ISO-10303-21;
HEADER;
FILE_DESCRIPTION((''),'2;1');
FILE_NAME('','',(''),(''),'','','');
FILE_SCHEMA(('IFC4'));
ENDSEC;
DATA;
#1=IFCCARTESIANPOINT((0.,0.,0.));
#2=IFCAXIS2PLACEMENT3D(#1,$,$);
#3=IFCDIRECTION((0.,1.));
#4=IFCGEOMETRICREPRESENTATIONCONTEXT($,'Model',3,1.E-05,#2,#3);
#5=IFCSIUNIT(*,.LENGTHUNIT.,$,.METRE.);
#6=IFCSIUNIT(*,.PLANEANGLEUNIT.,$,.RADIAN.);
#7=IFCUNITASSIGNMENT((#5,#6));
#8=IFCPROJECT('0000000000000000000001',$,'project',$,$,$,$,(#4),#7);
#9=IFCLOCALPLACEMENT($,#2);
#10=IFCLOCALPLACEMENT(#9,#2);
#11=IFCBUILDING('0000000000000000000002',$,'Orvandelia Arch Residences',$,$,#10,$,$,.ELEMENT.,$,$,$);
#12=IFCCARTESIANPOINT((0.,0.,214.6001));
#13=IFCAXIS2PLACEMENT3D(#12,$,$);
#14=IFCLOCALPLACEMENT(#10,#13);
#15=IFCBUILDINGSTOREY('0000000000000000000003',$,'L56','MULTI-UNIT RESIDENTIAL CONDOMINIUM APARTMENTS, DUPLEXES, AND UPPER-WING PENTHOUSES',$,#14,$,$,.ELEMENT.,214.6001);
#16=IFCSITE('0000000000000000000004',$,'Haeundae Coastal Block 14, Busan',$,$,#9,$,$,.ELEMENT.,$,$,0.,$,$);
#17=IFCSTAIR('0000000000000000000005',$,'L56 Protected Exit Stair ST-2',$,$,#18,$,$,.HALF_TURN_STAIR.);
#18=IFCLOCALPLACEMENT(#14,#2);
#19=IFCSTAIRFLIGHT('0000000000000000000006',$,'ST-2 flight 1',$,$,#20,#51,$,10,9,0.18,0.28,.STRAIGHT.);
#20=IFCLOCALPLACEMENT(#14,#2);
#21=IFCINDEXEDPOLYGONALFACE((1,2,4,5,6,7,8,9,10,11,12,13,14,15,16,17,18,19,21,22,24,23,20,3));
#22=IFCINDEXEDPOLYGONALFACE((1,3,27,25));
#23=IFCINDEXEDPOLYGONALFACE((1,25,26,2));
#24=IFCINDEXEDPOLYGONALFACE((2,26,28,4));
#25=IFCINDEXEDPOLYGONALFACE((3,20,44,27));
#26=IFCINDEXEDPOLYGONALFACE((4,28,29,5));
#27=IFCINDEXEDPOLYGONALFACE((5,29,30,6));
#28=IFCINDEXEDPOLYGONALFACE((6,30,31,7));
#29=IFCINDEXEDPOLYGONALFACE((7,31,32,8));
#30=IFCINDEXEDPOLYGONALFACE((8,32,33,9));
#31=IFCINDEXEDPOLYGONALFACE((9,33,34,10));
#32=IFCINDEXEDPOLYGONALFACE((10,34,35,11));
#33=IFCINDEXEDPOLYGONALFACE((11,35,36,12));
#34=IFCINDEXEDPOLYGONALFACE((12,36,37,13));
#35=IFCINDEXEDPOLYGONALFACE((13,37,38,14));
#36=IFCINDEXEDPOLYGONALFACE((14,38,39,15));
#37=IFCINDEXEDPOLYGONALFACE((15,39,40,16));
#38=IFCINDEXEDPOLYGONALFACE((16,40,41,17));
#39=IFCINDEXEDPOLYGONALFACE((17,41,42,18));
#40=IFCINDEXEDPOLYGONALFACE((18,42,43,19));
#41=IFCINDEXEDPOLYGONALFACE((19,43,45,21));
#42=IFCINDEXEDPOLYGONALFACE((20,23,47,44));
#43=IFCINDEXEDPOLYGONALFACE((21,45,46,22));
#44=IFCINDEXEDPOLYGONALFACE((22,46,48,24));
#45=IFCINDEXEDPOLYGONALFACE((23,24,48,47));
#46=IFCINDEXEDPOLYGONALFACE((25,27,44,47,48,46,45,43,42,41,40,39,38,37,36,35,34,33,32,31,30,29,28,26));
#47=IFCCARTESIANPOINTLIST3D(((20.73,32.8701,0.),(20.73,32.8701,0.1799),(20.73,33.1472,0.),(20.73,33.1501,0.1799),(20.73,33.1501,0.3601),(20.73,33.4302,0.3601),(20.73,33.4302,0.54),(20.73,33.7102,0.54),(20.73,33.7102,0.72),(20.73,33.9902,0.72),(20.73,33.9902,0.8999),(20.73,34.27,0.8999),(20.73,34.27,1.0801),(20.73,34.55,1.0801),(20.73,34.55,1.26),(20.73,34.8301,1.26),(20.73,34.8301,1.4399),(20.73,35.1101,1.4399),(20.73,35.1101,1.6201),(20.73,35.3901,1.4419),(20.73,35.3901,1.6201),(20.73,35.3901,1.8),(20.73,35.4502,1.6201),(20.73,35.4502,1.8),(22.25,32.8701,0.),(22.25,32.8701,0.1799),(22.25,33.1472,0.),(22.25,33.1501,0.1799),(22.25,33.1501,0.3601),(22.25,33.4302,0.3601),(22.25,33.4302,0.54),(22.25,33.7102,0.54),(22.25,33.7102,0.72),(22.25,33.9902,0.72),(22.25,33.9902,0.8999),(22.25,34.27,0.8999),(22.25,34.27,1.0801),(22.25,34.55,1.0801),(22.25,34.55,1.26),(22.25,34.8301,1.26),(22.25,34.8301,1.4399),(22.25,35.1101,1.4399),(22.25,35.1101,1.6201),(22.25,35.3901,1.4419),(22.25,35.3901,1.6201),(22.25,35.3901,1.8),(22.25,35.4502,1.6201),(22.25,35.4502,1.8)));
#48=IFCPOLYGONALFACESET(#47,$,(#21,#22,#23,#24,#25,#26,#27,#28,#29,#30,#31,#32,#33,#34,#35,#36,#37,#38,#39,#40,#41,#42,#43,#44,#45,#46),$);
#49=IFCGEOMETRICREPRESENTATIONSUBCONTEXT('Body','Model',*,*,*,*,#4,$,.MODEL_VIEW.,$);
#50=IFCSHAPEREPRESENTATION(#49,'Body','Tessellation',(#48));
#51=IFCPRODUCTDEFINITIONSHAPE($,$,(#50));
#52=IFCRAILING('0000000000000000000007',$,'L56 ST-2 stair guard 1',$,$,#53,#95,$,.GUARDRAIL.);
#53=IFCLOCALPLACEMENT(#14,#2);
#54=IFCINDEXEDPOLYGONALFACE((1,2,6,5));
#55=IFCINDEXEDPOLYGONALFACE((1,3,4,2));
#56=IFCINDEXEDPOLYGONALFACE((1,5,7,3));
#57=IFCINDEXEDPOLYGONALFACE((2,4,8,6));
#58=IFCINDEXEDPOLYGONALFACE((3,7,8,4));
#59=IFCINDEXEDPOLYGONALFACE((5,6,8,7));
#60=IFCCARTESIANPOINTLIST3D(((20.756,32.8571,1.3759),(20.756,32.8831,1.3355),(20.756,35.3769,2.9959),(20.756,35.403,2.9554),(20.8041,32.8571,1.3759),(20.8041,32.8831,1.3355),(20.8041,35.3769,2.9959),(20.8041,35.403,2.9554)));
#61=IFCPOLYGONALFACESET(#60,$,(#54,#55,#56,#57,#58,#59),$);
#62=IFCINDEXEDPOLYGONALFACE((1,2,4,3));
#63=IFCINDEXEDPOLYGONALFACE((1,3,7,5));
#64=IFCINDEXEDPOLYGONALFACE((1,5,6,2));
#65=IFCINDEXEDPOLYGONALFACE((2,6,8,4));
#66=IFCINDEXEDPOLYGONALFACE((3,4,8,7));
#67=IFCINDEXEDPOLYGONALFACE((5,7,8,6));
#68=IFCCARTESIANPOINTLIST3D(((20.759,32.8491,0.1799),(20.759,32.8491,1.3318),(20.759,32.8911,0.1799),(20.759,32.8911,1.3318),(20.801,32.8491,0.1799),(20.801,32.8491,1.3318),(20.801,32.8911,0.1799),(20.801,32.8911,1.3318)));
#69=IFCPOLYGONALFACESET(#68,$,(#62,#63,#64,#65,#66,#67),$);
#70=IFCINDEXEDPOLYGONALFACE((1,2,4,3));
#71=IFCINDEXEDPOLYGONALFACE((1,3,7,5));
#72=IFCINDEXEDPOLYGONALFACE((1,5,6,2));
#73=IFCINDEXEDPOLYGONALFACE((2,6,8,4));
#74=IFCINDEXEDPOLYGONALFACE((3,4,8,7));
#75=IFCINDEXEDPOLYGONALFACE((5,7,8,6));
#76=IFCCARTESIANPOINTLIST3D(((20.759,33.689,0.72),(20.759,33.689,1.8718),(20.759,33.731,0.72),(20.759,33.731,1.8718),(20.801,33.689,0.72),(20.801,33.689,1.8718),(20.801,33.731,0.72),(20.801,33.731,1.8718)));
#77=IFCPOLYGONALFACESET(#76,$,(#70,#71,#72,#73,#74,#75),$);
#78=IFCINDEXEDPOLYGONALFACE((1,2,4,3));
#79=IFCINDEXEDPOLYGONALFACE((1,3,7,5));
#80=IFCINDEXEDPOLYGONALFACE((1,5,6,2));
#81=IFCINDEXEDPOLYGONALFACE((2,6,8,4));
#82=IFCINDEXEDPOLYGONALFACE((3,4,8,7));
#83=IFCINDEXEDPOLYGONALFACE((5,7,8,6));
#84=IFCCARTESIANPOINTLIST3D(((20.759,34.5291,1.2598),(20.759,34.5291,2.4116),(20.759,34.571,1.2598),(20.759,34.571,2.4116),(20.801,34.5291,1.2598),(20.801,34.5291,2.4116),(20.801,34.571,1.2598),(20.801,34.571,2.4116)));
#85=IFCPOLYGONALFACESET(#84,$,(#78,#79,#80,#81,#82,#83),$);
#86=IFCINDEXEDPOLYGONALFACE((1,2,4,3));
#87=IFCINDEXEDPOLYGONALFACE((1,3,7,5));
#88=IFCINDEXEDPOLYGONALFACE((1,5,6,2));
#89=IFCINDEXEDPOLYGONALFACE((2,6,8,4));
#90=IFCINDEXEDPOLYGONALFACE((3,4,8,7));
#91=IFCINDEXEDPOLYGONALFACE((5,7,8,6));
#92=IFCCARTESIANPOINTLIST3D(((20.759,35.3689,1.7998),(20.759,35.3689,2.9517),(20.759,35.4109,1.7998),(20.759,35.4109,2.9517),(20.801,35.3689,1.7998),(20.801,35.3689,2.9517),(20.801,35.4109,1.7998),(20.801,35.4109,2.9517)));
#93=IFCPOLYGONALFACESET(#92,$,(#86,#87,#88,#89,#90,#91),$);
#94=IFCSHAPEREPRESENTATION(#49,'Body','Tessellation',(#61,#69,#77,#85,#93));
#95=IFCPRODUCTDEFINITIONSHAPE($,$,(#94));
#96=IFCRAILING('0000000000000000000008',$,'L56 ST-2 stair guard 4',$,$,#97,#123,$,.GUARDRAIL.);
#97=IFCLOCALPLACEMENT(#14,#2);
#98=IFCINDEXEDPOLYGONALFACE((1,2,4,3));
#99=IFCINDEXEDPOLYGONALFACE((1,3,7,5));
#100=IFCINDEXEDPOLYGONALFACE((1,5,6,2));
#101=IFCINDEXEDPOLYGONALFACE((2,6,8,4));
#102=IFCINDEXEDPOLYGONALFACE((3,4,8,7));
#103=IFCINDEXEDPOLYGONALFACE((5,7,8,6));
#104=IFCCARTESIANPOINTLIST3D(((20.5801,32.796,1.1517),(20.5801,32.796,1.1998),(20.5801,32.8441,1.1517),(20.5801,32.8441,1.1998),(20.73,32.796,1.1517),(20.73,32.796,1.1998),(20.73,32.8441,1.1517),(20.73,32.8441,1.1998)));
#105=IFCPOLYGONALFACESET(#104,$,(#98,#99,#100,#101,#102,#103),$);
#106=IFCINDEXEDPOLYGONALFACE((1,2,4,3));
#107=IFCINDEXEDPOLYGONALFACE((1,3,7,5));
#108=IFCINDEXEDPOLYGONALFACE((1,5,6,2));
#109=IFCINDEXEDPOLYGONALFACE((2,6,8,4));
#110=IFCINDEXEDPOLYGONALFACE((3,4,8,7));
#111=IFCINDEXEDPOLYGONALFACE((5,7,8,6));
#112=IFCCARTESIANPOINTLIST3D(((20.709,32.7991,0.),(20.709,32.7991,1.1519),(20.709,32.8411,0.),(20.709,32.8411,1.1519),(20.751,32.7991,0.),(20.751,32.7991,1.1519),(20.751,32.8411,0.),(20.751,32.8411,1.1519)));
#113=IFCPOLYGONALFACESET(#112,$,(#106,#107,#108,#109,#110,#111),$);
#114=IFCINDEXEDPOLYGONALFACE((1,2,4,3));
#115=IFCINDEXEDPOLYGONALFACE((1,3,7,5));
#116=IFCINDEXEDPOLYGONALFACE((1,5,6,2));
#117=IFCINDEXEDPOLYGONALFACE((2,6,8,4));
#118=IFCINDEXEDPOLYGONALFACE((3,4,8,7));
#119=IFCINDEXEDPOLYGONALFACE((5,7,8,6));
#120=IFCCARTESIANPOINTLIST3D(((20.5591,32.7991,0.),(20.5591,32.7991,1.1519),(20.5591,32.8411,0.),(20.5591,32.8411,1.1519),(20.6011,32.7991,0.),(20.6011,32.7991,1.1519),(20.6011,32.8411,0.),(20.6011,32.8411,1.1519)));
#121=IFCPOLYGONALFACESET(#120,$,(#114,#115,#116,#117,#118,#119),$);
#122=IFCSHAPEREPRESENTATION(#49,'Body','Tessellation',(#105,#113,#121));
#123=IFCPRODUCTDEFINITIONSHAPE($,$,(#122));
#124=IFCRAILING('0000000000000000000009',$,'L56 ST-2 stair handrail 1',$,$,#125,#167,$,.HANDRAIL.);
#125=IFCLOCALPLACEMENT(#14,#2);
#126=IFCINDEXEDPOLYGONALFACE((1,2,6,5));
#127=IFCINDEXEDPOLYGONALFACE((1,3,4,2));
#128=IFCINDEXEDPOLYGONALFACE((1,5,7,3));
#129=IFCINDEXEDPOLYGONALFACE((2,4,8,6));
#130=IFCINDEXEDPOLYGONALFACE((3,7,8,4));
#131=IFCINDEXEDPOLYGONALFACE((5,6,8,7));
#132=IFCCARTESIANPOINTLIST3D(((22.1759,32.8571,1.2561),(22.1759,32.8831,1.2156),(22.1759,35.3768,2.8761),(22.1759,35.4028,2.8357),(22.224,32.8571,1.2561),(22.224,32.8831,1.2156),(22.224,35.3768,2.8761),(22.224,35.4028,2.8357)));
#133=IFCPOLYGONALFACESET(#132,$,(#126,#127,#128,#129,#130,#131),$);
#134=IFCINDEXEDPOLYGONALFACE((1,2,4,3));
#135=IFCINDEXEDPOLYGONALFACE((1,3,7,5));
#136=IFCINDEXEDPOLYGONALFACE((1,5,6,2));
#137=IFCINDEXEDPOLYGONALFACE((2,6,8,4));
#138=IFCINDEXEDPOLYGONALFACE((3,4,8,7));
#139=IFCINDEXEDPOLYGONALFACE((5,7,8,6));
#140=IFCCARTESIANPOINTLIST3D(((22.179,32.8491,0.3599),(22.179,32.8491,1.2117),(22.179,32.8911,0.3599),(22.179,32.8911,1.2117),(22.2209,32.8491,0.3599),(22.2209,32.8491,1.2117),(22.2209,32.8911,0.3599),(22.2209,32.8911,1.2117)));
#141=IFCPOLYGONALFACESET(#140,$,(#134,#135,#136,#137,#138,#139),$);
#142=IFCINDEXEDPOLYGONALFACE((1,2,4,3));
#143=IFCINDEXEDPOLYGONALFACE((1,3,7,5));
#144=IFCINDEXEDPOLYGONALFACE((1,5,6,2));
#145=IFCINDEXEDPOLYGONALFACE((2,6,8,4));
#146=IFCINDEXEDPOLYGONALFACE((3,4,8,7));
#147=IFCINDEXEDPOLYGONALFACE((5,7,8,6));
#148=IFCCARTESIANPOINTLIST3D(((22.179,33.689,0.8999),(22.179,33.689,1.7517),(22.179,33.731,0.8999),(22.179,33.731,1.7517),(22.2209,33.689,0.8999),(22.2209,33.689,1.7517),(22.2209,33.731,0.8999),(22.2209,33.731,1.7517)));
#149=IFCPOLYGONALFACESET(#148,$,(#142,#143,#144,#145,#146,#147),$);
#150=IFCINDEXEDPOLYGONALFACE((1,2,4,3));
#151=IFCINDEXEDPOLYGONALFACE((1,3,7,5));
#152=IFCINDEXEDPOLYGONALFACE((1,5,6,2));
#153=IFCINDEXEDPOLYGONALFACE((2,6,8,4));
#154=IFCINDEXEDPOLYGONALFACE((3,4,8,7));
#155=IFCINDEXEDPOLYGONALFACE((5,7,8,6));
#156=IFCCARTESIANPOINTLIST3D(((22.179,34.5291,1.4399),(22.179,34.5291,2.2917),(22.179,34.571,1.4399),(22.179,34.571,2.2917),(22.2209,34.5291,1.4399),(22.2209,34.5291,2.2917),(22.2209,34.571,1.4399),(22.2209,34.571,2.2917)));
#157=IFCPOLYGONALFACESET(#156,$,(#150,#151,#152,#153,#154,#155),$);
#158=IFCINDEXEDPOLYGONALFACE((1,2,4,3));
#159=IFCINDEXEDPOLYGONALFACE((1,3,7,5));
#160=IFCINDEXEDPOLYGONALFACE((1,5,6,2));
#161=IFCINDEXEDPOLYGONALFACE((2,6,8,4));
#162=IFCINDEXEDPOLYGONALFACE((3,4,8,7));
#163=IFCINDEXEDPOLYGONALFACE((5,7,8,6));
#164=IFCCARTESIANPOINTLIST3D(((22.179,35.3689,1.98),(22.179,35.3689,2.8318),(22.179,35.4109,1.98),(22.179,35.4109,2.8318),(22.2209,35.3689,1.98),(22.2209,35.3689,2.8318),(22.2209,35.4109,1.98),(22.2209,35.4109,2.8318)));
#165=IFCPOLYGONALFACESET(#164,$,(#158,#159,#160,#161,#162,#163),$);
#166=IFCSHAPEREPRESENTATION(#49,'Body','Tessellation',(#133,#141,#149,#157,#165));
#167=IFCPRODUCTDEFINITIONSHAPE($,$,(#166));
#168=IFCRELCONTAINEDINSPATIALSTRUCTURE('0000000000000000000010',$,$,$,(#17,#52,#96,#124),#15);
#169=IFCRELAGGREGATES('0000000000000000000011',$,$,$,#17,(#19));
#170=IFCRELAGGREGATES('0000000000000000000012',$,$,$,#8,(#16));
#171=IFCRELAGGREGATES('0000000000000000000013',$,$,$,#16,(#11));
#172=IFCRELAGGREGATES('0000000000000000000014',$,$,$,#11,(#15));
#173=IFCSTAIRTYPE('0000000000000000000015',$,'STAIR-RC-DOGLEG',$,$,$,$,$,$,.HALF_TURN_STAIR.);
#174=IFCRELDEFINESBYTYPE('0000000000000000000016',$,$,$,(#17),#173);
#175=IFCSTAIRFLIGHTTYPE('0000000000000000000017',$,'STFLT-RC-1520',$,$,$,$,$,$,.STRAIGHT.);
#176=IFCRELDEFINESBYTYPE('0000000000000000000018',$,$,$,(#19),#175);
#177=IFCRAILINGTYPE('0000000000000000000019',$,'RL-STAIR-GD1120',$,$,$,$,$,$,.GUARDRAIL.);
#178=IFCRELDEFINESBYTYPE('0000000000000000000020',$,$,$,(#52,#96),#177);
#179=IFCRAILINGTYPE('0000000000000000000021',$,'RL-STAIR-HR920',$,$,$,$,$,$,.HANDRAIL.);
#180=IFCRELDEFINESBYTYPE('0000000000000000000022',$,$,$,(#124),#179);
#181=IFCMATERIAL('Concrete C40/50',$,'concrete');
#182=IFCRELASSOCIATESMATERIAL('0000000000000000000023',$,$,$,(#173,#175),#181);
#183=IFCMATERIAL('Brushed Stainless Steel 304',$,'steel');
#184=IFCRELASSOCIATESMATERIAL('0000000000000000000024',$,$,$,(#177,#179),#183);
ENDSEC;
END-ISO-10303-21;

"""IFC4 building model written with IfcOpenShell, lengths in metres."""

from ifc_helpers import new_model, si_unit, direction, frame, origin, origin_2d, place, context, subcontext, project, spatial, polyline, rectangle, outline, extrude, material, type_object, element, aggregate, save


model = new_model("IFC4")

# Units and contexts
model_context = context("Model", 3, precision=1e-05, world=origin(), true_north=direction((0.0, 1.0)))
body_context = subcontext(model_context, "Body", "Model", "MODEL_VIEW")
ifc_project = project(units=[si_unit("LENGTHUNIT", "METRE"), si_unit("PLANEANGLEUNIT", "RADIAN")], contexts=[model_context])

# Site, building, storey
site_placement = place(None, origin())
site = spatial("IfcSite", under=ifc_project, at=site_placement, Name="Haeundae Coastal Block 14, Busan", CompositionType="ELEMENT", RefElevation=0.0)
building_placement = place(site_placement, origin())
building = spatial("IfcBuilding", under=site, at=building_placement, Name="Orvandelia Arch Residences", CompositionType="ELEMENT")
storey_placement = place(building_placement, frame((0.0, 0.0, 214.6001)))
storey = spatial("IfcBuildingStorey", under=building, at=storey_placement, Name="L56", Description="MULTI-UNIT RESIDENTIAL CONDOMINIUM APARTMENTS, DUPLEXES, AND UPPER-WING PENTHOUSES", CompositionType="ELEMENT", Elevation=214.6001)

# Stair, stair flight
ifc_material_1 = material(Name="Concrete C40/50", Category="concrete")
stair_type = type_object("IfcStairType", Name="STAIR-RC-DOGLEG", PredefinedType="HALF_TURN_STAIR", material=ifc_material_1)
stair_placement = place(storey_placement, origin())
stair = element("IfcStair", 1, at=stair_placement, inside=storey, type_object=stair_type, Name="L56 Protected Exit Stair ST-2", PredefinedType="HALF_TURN_STAIR")
stair_flight_type = type_object("IfcStairFlightType", Name="STFLT-RC-1520", PredefinedType="STRAIGHT", material=ifc_material_1)
stair_flight_placement = place(storey_placement, frame((21.49, 32.8701, 0.0), z_axis=(0.0, 0.0, 1.0), x_axis=(0.0, 1.0, 0.0)))
stair_flight = element("IfcStairFlight", 2, at=stair_flight_placement, type_object=stair_flight_type, Name="ST-2 flight 1", NumberOfRisers=10, NumberOfTreads=9, PredefinedType="STRAIGHT", RiserHeight=0.18, TreadLength=0.28, context=body_context, shape_type="SweptSolid", body=[
    extrude(outline(polyline([(0.0, 0.0), (0.0, 0.1799), (0.28, 0.1799), (0.28, 0.3601), (0.5601, 0.3601), (0.5601, 0.54), (0.8401, 0.54), (0.8401, 0.72), (1.1201, 0.72), (1.1201, 0.8999), (1.3999, 0.8999), (1.3999, 1.0801), (1.6799, 1.0801), (1.6799, 1.26), (1.96, 1.26), (1.96, 1.4399), (2.24, 1.4399), (2.24, 1.6201), (2.52, 1.6201), (2.52, 1.8), (2.5801, 1.8), (2.5801, 1.6201), (2.52, 1.4419), (0.2771, 0.0), (0.0, 0.0)])), frame((0.0, 0.76, 0.0), z_axis=(0.0, -1.0, 0.0), x_axis=(1.0, 0.0, 0.0)), (0.0, 0.0, 1.0), 1.52),
])
aggregate(stair, [stair_flight])

# Railings
ifc_material_2 = material(Name="Brushed Stainless Steel 304", Category="steel")
railing_type_1 = type_object("IfcRailingType", Name="RL-STAIR-GD1120", PredefinedType="GUARDRAIL", material=ifc_material_2)
railing_1_placement = place(storey_placement, frame((20.78, 32.8701, 0.1799)))
element("IfcRailing", 3, at=railing_1_placement, inside=storey, type_object=railing_type_1, Name="L56 ST-2 stair guard 1", PredefinedType="GUARDRAIL", context=body_context, shape_type="SweptSolid", body=[
    extrude(rectangle(XDim=0.0481, YDim=0.0481, at=origin_2d()), frame((0.0, 0.0, 1.1758), z_axis=(0.0, 0.841176, 0.540762), x_axis=(-1.0, 0.0, 0.0)), (0.0, 0.0, 1.0), 2.9956),
    extrude(rectangle(XDim=0.042, YDim=0.042, at=origin_2d()), origin(), (0.0, 0.0, 1.0), 1.1519),
    extrude(rectangle(XDim=0.042, YDim=0.042, at=origin_2d()), frame((0.0, 0.8398, 0.54)), (0.0, 0.0, 1.0), 1.1519),
    extrude(rectangle(XDim=0.042, YDim=0.042, at=origin_2d()), frame((0.0, 1.6799, 1.0798)), (0.0, 0.0, 1.0), 1.1519),
    extrude(rectangle(XDim=0.042, YDim=0.042, at=origin_2d()), frame((0.0, 2.5198, 1.6199)), (0.0, 0.0, 1.0), 1.1519),
])
railing_2_placement = place(storey_placement, frame((20.73, 32.8201, 0.0)))
element("IfcRailing", 4, at=railing_2_placement, inside=storey, type_object=railing_type_1, Name="L56 ST-2 stair guard 4", PredefinedType="GUARDRAIL", context=body_context, shape_type="SweptSolid", body=[
    extrude(rectangle(XDim=0.0481, YDim=0.0481, at=origin_2d()), frame((0.0, 0.0, 1.1758), z_axis=(-1.0, 0.0, 0.0), x_axis=(0.0, -1.0, 0.0)), (0.0, 0.0, 1.0), 0.1499),
    extrude(rectangle(XDim=0.042, YDim=0.042, at=origin_2d()), origin(), (0.0, 0.0, 1.0), 1.1519),
    extrude(rectangle(XDim=0.042, YDim=0.042, at=origin_2d()), frame((-0.1499, 0.0, 0.0)), (0.0, 0.0, 1.0), 1.1519),
])
railing_type_2 = type_object("IfcRailingType", Name="RL-STAIR-HR920", PredefinedType="HANDRAIL", material=ifc_material_2)
railing_3_placement = place(storey_placement, frame((22.2, 32.8701, 0.3599)))
element("IfcRailing", 5, at=railing_3_placement, inside=storey, type_object=railing_type_2, Name="L56 ST-2 stair handrail 1", PredefinedType="HANDRAIL", context=body_context, shape_type="SweptSolid", body=[
    extrude(rectangle(XDim=0.0481, YDim=0.0481, at=origin_2d()), frame((0.0, 0.0, 0.876), z_axis=(0.0, 0.841139, 0.540819), x_axis=(-1.0, 0.0, 0.0)), (0.0, 0.0, 1.0), 2.9956),
    extrude(rectangle(XDim=0.042, YDim=0.042, at=origin_2d()), origin(), (0.0, 0.0, 1.0), 0.8518),
    extrude(rectangle(XDim=0.042, YDim=0.042, at=origin_2d()), frame((0.0, 0.8398, 0.54)), (0.0, 0.0, 1.0), 0.8518),
    extrude(rectangle(XDim=0.042, YDim=0.042, at=origin_2d()), frame((0.0, 1.6799, 1.0801)), (0.0, 0.0, 1.0), 0.8518),
    extrude(rectangle(XDim=0.042, YDim=0.042, at=origin_2d()), frame((0.0, 2.5198, 1.6201)), (0.0, 0.0, 1.0), 0.8518),
])

save(model, "model.ifc")
